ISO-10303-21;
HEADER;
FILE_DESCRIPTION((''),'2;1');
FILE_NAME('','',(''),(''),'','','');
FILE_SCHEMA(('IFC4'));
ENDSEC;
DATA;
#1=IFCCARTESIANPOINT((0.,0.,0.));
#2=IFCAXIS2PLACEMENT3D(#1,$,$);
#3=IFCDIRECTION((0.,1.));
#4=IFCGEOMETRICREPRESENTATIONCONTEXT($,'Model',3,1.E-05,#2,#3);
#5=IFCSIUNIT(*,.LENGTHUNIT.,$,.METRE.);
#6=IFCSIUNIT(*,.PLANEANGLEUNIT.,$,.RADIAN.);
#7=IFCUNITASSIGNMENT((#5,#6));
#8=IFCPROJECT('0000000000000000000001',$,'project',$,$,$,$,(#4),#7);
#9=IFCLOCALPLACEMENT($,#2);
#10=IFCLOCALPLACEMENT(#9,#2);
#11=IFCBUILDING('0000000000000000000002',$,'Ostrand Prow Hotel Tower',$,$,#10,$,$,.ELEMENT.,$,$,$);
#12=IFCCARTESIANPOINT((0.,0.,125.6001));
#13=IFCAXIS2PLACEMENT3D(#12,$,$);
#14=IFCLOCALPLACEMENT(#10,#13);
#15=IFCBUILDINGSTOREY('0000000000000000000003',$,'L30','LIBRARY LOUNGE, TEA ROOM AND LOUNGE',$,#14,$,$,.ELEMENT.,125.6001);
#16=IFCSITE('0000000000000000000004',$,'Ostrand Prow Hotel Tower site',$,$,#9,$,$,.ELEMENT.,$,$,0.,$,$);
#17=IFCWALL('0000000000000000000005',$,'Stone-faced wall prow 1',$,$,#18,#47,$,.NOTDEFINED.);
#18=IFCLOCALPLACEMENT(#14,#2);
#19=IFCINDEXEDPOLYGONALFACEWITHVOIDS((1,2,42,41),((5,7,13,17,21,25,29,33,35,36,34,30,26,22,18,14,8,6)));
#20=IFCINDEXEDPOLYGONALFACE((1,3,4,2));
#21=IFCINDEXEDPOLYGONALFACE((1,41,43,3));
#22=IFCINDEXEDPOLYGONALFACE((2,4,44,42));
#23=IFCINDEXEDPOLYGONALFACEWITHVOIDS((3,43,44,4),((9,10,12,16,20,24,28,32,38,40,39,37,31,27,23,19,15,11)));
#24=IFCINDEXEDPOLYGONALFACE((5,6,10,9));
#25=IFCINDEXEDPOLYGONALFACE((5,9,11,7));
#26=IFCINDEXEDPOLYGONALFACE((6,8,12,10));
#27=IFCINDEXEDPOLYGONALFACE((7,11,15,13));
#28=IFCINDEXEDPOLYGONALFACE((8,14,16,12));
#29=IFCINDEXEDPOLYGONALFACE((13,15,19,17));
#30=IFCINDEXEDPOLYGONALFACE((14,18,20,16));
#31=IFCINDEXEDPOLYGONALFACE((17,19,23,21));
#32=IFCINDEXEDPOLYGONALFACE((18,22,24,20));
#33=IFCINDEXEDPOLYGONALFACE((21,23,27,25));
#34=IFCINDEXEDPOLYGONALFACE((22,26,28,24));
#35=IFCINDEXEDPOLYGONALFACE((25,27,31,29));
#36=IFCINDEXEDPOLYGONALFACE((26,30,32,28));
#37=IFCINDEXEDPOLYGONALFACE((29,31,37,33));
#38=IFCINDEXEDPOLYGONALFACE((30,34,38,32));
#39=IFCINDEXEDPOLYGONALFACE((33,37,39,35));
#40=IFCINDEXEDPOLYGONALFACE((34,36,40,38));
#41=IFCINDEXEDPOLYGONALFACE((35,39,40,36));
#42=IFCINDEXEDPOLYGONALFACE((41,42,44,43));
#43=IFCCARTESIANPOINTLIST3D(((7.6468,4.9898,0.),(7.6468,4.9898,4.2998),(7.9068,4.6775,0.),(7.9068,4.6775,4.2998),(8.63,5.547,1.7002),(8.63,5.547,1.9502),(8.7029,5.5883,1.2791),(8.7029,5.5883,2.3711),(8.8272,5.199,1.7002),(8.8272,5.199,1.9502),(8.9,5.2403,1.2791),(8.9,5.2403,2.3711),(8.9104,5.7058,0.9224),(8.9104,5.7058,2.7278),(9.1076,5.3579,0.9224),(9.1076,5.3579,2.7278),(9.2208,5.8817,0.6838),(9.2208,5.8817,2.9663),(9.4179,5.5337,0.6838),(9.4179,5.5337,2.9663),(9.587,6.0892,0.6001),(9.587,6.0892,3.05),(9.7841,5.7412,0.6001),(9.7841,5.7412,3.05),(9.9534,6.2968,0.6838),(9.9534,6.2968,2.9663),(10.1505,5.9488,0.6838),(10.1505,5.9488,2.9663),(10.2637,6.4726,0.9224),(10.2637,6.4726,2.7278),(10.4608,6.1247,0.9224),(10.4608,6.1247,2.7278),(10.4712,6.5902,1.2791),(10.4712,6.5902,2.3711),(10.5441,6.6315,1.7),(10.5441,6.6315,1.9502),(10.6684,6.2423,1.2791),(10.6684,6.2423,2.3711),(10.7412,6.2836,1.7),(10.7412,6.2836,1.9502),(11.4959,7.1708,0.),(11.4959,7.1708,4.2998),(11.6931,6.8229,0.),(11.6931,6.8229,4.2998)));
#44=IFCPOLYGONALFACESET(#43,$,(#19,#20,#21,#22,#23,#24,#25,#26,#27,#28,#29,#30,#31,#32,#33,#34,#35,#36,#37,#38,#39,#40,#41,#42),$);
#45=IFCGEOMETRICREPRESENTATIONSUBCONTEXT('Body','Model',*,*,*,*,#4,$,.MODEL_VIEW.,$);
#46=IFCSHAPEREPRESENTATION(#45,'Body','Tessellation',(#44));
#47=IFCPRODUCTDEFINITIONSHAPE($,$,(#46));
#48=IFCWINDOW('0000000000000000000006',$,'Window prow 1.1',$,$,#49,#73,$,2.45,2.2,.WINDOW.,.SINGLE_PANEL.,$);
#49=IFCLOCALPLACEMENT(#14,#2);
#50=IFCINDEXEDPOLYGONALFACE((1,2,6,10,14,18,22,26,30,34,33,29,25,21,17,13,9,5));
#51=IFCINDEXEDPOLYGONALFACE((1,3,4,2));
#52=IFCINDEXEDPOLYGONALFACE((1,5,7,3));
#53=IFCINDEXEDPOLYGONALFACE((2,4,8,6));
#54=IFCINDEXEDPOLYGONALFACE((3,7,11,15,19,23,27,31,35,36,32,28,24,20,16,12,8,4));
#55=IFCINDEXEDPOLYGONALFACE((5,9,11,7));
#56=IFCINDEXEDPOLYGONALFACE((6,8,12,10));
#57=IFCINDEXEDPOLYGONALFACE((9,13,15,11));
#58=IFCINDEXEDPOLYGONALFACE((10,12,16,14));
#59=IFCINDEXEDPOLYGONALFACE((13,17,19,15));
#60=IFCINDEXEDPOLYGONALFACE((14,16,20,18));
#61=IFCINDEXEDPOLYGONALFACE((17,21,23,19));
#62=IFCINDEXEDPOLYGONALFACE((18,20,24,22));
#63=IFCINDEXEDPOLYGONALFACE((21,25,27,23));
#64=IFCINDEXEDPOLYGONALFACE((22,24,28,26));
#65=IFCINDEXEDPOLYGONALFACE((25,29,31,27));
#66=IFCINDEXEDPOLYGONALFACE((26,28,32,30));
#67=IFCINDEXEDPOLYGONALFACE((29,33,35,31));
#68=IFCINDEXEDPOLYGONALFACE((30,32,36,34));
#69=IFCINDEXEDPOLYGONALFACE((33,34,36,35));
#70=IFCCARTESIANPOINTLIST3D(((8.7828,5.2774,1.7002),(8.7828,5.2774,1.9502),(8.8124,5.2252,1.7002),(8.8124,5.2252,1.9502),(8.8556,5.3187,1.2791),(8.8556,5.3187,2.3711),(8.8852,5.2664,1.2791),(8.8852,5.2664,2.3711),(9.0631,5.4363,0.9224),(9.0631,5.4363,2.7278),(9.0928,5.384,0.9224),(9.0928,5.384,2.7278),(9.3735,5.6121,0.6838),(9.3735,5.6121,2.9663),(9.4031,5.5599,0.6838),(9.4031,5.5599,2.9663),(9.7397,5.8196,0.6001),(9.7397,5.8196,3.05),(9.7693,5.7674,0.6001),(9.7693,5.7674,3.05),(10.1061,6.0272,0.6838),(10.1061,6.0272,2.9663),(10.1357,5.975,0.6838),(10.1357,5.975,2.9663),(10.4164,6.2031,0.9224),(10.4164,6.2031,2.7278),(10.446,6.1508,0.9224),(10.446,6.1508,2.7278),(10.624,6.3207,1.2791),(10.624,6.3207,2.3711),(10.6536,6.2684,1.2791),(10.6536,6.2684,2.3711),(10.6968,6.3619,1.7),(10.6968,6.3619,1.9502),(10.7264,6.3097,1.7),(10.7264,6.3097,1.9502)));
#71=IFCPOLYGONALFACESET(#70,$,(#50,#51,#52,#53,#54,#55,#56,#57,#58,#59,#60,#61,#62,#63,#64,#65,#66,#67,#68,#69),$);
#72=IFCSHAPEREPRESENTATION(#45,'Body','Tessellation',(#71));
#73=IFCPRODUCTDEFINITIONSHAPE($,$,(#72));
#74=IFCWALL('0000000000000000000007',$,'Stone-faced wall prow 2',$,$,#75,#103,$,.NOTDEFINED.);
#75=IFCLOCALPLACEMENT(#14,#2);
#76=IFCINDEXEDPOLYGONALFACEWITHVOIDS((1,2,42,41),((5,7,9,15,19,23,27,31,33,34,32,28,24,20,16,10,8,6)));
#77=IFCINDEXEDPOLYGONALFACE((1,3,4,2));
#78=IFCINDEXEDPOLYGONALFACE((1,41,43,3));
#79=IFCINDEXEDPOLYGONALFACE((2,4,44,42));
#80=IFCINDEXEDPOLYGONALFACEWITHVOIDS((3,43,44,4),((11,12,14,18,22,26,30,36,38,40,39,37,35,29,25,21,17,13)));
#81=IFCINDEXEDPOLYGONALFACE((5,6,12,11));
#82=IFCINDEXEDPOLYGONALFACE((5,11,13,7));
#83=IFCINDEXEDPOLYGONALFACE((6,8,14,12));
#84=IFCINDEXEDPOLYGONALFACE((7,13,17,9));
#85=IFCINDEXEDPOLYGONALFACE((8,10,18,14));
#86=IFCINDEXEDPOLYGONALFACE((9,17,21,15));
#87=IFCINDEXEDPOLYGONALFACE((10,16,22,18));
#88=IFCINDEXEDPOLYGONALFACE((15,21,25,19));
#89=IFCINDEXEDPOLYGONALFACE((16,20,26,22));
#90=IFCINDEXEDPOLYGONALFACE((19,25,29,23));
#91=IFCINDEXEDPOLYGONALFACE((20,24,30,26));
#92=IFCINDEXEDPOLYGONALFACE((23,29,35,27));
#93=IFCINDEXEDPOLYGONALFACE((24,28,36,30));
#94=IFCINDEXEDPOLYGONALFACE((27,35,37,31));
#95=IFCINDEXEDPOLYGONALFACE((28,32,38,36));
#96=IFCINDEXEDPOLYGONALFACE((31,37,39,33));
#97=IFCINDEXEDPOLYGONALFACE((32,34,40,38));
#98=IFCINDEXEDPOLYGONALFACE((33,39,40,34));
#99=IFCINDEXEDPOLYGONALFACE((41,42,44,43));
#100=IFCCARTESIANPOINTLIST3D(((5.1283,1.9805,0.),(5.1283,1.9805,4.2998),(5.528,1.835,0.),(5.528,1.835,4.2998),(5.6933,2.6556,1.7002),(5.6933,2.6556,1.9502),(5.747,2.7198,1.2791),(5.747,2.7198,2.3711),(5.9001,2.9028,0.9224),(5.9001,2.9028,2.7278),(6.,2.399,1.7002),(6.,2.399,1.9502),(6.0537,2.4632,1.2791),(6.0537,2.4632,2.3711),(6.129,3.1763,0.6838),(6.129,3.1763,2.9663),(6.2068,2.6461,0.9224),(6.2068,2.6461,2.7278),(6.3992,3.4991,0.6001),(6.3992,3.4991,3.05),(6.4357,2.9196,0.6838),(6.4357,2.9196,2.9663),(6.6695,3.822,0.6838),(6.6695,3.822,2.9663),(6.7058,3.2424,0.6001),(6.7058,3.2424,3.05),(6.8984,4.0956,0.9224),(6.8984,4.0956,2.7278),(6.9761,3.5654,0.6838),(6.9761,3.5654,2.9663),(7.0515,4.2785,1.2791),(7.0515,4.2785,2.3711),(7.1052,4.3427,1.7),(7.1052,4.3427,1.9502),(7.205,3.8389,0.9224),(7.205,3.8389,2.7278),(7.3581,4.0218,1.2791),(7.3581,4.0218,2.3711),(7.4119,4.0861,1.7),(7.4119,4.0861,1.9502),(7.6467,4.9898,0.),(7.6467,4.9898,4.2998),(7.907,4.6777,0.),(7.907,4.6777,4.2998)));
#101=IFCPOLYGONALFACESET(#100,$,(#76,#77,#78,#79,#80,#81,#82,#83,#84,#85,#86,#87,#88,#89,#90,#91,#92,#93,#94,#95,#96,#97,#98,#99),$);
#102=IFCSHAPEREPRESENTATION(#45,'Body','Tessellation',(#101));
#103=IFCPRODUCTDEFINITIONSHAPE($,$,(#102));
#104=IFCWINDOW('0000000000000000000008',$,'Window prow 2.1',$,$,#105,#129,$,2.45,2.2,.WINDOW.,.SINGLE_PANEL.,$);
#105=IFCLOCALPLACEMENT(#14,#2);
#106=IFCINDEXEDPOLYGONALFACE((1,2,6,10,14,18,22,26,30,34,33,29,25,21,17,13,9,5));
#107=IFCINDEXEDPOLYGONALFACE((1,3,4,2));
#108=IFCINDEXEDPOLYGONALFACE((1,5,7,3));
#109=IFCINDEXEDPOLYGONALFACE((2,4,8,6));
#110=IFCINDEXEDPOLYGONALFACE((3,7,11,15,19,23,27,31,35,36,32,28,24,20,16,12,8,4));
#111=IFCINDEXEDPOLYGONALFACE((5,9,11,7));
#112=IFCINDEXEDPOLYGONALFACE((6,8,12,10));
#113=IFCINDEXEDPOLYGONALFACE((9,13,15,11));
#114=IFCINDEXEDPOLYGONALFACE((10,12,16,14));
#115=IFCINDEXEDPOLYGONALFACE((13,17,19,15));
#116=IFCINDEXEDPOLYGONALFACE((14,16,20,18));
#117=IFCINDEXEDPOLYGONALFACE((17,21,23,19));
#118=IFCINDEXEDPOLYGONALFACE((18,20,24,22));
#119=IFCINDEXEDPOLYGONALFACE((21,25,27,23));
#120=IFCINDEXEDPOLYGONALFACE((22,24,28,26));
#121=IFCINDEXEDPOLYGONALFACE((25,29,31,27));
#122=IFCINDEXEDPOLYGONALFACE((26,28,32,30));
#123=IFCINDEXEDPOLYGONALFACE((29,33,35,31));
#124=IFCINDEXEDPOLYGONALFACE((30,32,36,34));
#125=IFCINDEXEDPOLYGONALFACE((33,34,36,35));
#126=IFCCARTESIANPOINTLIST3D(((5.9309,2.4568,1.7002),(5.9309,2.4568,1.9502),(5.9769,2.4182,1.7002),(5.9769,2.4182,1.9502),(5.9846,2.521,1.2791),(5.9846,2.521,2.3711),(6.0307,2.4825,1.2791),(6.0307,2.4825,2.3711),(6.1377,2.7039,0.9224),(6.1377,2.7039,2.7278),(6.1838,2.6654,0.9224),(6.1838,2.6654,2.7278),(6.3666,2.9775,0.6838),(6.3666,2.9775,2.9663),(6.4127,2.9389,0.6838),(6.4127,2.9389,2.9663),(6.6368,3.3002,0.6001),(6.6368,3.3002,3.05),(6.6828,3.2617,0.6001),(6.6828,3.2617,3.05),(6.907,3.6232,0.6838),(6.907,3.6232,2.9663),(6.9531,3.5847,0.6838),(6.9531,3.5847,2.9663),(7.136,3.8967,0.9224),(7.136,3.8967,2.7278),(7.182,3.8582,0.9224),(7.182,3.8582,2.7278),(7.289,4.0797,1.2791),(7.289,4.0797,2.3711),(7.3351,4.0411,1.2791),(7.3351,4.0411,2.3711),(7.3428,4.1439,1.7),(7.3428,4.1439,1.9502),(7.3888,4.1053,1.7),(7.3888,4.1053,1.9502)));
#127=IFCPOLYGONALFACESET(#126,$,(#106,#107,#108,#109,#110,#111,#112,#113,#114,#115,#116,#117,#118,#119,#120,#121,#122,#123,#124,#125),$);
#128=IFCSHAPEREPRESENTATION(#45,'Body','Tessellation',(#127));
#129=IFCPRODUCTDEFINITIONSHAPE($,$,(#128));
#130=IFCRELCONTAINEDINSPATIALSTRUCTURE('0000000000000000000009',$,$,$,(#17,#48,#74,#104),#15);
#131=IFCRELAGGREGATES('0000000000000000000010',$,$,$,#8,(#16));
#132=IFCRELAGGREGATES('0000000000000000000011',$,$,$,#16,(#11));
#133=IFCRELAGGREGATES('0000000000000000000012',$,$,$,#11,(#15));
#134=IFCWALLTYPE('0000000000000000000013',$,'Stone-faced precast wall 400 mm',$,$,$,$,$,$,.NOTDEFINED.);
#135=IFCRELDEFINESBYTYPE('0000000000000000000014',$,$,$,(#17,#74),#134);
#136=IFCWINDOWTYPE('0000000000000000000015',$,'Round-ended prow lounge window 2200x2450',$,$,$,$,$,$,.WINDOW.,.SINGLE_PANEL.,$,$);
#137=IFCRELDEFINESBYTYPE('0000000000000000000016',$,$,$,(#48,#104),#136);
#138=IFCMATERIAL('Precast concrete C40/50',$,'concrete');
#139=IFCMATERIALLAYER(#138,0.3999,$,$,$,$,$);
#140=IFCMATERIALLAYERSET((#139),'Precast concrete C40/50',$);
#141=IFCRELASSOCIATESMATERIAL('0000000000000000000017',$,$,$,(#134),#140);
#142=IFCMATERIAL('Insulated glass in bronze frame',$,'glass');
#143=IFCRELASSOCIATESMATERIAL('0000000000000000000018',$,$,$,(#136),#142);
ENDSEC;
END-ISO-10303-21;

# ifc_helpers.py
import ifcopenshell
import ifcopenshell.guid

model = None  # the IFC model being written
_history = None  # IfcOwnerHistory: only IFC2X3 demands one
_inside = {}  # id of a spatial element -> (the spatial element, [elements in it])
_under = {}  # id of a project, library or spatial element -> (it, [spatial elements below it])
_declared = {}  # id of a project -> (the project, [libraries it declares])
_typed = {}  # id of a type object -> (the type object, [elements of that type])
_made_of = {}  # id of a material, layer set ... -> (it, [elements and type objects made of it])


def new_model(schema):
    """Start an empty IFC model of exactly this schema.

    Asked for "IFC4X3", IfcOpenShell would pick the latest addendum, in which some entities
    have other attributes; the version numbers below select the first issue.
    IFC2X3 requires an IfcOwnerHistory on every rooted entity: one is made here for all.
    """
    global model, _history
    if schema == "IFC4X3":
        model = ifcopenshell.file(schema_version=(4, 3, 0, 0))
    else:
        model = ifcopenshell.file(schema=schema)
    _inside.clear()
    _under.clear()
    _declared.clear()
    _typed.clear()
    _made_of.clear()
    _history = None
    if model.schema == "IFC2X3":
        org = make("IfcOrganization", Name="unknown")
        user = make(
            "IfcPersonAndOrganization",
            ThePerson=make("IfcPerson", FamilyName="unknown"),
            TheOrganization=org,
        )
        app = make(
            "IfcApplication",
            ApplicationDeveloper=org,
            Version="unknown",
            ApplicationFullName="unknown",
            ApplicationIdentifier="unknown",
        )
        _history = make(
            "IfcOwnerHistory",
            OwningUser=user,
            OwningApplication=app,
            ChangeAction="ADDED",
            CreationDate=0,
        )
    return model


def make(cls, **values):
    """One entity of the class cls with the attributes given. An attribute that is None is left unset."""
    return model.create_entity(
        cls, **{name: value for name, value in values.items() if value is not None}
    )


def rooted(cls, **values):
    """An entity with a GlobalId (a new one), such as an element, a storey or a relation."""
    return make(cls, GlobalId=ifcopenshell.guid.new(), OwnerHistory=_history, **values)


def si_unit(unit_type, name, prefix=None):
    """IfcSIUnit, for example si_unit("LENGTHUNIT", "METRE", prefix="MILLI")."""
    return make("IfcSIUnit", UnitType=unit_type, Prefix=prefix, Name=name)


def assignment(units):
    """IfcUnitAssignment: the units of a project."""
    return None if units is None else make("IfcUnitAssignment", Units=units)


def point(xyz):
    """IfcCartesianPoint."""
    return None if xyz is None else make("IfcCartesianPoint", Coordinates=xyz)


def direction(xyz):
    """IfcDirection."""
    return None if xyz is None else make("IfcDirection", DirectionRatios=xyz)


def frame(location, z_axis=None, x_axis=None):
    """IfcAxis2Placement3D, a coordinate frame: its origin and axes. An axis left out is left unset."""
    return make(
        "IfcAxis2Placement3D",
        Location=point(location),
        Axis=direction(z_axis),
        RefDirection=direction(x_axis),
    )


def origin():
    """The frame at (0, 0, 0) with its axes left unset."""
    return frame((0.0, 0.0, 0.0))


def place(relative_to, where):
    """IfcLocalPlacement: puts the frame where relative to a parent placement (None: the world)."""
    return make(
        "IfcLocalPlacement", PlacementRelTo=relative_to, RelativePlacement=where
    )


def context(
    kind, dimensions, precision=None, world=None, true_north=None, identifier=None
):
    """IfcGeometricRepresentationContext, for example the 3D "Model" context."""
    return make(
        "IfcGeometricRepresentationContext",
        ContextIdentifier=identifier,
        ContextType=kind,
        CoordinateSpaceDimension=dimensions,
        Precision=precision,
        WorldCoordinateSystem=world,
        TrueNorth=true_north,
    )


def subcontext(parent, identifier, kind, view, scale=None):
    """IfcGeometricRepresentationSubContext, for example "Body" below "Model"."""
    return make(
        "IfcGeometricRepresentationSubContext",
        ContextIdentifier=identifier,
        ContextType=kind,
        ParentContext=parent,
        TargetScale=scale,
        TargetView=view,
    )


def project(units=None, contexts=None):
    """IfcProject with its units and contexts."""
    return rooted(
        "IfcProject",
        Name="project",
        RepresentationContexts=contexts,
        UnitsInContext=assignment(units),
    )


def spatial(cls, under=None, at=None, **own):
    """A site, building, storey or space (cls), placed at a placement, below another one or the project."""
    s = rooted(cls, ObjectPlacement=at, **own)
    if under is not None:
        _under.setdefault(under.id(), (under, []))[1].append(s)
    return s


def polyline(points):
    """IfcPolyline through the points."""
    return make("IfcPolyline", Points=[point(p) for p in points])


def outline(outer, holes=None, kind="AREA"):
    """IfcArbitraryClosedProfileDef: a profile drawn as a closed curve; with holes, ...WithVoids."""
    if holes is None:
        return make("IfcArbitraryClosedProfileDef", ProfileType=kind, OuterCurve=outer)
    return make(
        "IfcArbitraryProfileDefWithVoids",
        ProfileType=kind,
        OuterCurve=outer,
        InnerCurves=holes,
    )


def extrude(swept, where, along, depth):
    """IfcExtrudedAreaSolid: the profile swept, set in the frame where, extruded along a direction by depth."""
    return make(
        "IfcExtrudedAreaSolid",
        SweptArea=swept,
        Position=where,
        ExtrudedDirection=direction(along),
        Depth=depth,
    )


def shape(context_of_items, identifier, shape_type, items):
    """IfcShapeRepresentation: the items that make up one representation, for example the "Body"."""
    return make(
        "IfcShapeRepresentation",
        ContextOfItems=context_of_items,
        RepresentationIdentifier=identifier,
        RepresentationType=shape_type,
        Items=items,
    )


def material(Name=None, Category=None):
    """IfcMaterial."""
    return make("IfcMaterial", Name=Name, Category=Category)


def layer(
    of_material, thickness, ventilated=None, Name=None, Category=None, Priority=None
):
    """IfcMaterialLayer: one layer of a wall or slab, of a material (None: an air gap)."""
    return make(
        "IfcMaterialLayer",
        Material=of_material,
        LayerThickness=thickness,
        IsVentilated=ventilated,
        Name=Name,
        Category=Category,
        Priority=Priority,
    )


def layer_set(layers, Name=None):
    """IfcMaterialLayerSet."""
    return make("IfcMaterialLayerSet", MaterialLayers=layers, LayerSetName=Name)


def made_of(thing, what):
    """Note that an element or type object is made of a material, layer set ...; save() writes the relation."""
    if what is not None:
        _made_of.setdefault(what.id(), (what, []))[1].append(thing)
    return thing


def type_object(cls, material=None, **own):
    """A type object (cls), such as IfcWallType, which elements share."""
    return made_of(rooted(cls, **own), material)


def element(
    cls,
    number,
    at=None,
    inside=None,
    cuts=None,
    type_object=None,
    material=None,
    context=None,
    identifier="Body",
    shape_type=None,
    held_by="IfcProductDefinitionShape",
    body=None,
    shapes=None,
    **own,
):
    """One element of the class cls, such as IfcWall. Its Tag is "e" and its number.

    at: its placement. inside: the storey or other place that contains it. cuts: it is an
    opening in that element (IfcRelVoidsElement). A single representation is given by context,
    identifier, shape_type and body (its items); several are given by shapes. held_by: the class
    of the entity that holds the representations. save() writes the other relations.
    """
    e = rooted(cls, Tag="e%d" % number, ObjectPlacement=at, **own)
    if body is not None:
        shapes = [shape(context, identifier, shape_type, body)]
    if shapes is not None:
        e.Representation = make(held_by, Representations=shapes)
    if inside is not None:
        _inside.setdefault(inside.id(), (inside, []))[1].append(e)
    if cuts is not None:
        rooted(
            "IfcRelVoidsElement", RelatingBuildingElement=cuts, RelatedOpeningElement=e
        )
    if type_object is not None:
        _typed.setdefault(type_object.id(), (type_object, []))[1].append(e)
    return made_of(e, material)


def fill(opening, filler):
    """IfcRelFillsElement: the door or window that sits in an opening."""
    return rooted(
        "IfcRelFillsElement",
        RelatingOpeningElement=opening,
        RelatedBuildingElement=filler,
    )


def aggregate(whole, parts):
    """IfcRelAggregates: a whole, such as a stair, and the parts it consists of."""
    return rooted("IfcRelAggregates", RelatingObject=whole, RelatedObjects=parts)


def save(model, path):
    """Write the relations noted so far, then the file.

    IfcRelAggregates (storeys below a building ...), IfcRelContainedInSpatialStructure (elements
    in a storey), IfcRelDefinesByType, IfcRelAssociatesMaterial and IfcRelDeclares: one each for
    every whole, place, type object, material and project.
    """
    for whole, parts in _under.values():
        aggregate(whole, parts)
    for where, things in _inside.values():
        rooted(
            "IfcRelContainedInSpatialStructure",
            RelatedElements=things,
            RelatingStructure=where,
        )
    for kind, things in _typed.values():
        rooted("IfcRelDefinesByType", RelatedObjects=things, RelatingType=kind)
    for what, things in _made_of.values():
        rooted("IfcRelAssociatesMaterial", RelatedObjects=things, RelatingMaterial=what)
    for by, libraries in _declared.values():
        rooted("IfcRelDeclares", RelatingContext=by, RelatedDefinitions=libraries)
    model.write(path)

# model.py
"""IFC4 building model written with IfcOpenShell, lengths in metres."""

from ifc_helpers import new_model, si_unit, direction, frame, origin, place, context, subcontext, project, spatial, polyline, outline, extrude, material, layer, layer_set, type_object, element, fill, save


model = new_model("IFC4")

# Units and contexts
model_context = context("Model", 3, precision=1e-05, world=origin(), true_north=direction((0.0, 1.0)))
body_context = subcontext(model_context, "Body", "Model", "MODEL_VIEW")
ifc_project = project(units=[si_unit("LENGTHUNIT", "METRE"), si_unit("PLANEANGLEUNIT", "RADIAN")], contexts=[model_context])

# Site, building, storey
site_placement = place(None, origin())
site = spatial("IfcSite", under=ifc_project, at=site_placement, Name="Ostrand Prow Hotel Tower site", CompositionType="ELEMENT", RefElevation=0.0)
building_placement = place(site_placement, origin())
building = spatial("IfcBuilding", under=site, at=building_placement, Name="Ostrand Prow Hotel Tower", CompositionType="ELEMENT")
storey_placement = place(building_placement, frame((0.0, 0.0, 125.6001)))
storey = spatial("IfcBuildingStorey", under=building, at=storey_placement, Name="L30", Description="LIBRARY LOUNGE, TEA ROOM AND LOUNGE", CompositionType="ELEMENT", Elevation=125.6001)

# Walls, openings, windows
ifc_material_1 = material(Name="Precast concrete C40/50", Category="concrete")
ifc_layer_1 = layer(ifc_material_1, 0.3999)
ifc_layer_set_1 = layer_set([ifc_layer_1], Name="Precast concrete C40/50")
wall_type_1 = type_object("IfcWallType", Name="Stone-faced precast wall 400 mm", PredefinedType="NOTDEFINED", material=ifc_layer_set_1)
wall_1_placement = place(storey_placement, frame((11.5945, 6.9968, 0.0), z_axis=(0.0, 0.0, 1.0), x_axis=(-0.870045, -0.492972, 0.0)))
wall_1 = element("IfcWall", 1, at=wall_1_placement, inside=storey, type_object=wall_type_1, Name="Stone-faced wall prow 1", PredefinedType="NOTDEFINED", context=body_context, shape_type="SweptSolid", body=[
    extrude(outline(polyline([(0.0, -0.2), (4.4241, -0.2), (4.3518, 0.2), (0.0, 0.2), (0.0, -0.2)])), origin(), (0.0, 0.0, 1.0), 4.2998),
])
opening_1_placement = place(wall_1_placement, frame((1.094, 0.0, 0.6001)))
opening_1 = element("IfcOpeningElement", 2, at=opening_1_placement, cuts=wall_1, PredefinedType="OPENING", context=body_context, shape_type="SweptSolid", body=[
    extrude(outline(polyline([(0.0, 1.3501), (0.0837, 1.771), (0.3223, 2.1277), (0.679, 2.3662), (1.1001, 2.45), (1.521, 2.3662), (1.8777, 2.1277), (2.1162, 1.771), (2.2, 1.3501), (2.2, 1.1001), (2.1162, 0.679), (1.8777, 0.3223), (1.521, 0.0837), (1.1001, 0.0), (0.679, 0.0837), (0.3223, 0.3223), (0.0837, 0.679), (0.0, 1.0999), (0.0, 1.3501)])), frame((0.0, 0.21, 0.0), z_axis=(0.0, -1.0, 0.0), x_axis=(1.0, 0.0, 0.0)), (0.0, 0.0, 1.0), 0.4199),
])
ifc_material_2 = material(Name="Insulated glass in bronze frame", Category="glass")
window_type = type_object("IfcWindowType", Name="Round-ended prow lounge window 2200x2450", PartitioningType="SINGLE_PANEL", PredefinedType="WINDOW", material=ifc_material_2)
window_1_placement = place(opening_1_placement, origin())
window_1 = element("IfcWindow", 3, at=window_1_placement, inside=storey, type_object=window_type, Name="Window prow 1.1", OverallHeight=2.45, OverallWidth=2.2, PartitioningType="SINGLE_PANEL", PredefinedType="WINDOW", context=body_context, shape_type="SweptSolid", body=[
    extrude(outline(polyline([(0.0, 1.3501), (0.0837, 1.771), (0.3223, 2.1277), (0.679, 2.3662), (1.1001, 2.45), (1.521, 2.3662), (1.8777, 2.1277), (2.1162, 1.771), (2.2, 1.3501), (2.2, 1.1001), (2.1162, 0.679), (1.8777, 0.3223), (1.521, 0.0837), (1.1001, 0.0), (0.679, 0.0837), (0.3223, 0.3223), (0.0837, 0.679), (0.0, 1.0999), (0.0, 1.3501)])), frame((0.0, 0.1699, 0.0), z_axis=(0.0, -1.0, 0.0), x_axis=(1.0, 0.0, 0.0)), (0.0, 0.0, 1.0), 0.0601),
])
fill(opening_1, window_1)
wall_2_placement = place(storey_placement, frame((7.7769, 4.8337, 0.0), z_axis=(0.0, 0.0, 1.0), x_axis=(-0.641788, -0.766882, 0.0)))
wall_2 = element("IfcWall", 4, at=wall_2_placement, inside=storey, type_object=wall_type_1, Name="Stone-faced wall prow 2", PredefinedType="NOTDEFINED", context=body_context, shape_type="SweptSolid", body=[
    extrude(outline(polyline([(-0.0361, -0.2), (3.8879, -0.2), (3.7429, 0.2), (0.0361, 0.2), (-0.0361, -0.2)])), origin(), (0.0, 0.0, 1.0), 4.2998),
])
opening_2_placement = place(wall_2_placement, frame((0.8076, 0.0, 0.6001)))
opening_2 = element("IfcOpeningElement", 5, at=opening_2_placement, cuts=wall_2, PredefinedType="OPENING", context=body_context, shape_type="SweptSolid", body=[
    extrude(outline(polyline([(0.0, 1.3501), (0.0837, 1.771), (0.3223, 2.1277), (0.679, 2.3662), (1.1001, 2.45), (1.521, 2.3662), (1.8777, 2.1277), (2.1162, 1.771), (2.2, 1.3501), (2.2, 1.1001), (2.1162, 0.679), (1.8777, 0.3223), (1.521, 0.0837), (1.1001, 0.0), (0.679, 0.0837), (0.3223, 0.3223), (0.0837, 0.679), (0.0, 1.0999), (0.0, 1.3501)])), frame((0.0, 0.21, 0.0), z_axis=(0.0, -1.0, 0.0), x_axis=(1.0, 0.0, 0.0)), (0.0, 0.0, 1.0), 0.4199),
])
window_2_placement = place(opening_2_placement, origin())
window_2 = element("IfcWindow", 6, at=window_2_placement, inside=storey, type_object=window_type, Name="Window prow 2.1", OverallHeight=2.45, OverallWidth=2.2, PartitioningType="SINGLE_PANEL", PredefinedType="WINDOW", context=body_context, shape_type="SweptSolid", body=[
    extrude(outline(polyline([(0.0, 1.3501), (0.0837, 1.771), (0.3223, 2.1277), (0.679, 2.3662), (1.1001, 2.45), (1.521, 2.3662), (1.8777, 2.1277), (2.1162, 1.771), (2.2, 1.3501), (2.2, 1.1001), (2.1162, 0.679), (1.8777, 0.3223), (1.521, 0.0837), (1.1001, 0.0), (0.679, 0.0837), (0.3223, 0.3223), (0.0837, 0.679), (0.0, 1.0999), (0.0, 1.3501)])), frame((0.0, 0.1699, 0.0), z_axis=(0.0, -1.0, 0.0), x_axis=(1.0, 0.0, 0.0)), (0.0, 0.0, 1.0), 0.0601),
])
fill(opening_2, window_2)

save(model, "model.ifc")
